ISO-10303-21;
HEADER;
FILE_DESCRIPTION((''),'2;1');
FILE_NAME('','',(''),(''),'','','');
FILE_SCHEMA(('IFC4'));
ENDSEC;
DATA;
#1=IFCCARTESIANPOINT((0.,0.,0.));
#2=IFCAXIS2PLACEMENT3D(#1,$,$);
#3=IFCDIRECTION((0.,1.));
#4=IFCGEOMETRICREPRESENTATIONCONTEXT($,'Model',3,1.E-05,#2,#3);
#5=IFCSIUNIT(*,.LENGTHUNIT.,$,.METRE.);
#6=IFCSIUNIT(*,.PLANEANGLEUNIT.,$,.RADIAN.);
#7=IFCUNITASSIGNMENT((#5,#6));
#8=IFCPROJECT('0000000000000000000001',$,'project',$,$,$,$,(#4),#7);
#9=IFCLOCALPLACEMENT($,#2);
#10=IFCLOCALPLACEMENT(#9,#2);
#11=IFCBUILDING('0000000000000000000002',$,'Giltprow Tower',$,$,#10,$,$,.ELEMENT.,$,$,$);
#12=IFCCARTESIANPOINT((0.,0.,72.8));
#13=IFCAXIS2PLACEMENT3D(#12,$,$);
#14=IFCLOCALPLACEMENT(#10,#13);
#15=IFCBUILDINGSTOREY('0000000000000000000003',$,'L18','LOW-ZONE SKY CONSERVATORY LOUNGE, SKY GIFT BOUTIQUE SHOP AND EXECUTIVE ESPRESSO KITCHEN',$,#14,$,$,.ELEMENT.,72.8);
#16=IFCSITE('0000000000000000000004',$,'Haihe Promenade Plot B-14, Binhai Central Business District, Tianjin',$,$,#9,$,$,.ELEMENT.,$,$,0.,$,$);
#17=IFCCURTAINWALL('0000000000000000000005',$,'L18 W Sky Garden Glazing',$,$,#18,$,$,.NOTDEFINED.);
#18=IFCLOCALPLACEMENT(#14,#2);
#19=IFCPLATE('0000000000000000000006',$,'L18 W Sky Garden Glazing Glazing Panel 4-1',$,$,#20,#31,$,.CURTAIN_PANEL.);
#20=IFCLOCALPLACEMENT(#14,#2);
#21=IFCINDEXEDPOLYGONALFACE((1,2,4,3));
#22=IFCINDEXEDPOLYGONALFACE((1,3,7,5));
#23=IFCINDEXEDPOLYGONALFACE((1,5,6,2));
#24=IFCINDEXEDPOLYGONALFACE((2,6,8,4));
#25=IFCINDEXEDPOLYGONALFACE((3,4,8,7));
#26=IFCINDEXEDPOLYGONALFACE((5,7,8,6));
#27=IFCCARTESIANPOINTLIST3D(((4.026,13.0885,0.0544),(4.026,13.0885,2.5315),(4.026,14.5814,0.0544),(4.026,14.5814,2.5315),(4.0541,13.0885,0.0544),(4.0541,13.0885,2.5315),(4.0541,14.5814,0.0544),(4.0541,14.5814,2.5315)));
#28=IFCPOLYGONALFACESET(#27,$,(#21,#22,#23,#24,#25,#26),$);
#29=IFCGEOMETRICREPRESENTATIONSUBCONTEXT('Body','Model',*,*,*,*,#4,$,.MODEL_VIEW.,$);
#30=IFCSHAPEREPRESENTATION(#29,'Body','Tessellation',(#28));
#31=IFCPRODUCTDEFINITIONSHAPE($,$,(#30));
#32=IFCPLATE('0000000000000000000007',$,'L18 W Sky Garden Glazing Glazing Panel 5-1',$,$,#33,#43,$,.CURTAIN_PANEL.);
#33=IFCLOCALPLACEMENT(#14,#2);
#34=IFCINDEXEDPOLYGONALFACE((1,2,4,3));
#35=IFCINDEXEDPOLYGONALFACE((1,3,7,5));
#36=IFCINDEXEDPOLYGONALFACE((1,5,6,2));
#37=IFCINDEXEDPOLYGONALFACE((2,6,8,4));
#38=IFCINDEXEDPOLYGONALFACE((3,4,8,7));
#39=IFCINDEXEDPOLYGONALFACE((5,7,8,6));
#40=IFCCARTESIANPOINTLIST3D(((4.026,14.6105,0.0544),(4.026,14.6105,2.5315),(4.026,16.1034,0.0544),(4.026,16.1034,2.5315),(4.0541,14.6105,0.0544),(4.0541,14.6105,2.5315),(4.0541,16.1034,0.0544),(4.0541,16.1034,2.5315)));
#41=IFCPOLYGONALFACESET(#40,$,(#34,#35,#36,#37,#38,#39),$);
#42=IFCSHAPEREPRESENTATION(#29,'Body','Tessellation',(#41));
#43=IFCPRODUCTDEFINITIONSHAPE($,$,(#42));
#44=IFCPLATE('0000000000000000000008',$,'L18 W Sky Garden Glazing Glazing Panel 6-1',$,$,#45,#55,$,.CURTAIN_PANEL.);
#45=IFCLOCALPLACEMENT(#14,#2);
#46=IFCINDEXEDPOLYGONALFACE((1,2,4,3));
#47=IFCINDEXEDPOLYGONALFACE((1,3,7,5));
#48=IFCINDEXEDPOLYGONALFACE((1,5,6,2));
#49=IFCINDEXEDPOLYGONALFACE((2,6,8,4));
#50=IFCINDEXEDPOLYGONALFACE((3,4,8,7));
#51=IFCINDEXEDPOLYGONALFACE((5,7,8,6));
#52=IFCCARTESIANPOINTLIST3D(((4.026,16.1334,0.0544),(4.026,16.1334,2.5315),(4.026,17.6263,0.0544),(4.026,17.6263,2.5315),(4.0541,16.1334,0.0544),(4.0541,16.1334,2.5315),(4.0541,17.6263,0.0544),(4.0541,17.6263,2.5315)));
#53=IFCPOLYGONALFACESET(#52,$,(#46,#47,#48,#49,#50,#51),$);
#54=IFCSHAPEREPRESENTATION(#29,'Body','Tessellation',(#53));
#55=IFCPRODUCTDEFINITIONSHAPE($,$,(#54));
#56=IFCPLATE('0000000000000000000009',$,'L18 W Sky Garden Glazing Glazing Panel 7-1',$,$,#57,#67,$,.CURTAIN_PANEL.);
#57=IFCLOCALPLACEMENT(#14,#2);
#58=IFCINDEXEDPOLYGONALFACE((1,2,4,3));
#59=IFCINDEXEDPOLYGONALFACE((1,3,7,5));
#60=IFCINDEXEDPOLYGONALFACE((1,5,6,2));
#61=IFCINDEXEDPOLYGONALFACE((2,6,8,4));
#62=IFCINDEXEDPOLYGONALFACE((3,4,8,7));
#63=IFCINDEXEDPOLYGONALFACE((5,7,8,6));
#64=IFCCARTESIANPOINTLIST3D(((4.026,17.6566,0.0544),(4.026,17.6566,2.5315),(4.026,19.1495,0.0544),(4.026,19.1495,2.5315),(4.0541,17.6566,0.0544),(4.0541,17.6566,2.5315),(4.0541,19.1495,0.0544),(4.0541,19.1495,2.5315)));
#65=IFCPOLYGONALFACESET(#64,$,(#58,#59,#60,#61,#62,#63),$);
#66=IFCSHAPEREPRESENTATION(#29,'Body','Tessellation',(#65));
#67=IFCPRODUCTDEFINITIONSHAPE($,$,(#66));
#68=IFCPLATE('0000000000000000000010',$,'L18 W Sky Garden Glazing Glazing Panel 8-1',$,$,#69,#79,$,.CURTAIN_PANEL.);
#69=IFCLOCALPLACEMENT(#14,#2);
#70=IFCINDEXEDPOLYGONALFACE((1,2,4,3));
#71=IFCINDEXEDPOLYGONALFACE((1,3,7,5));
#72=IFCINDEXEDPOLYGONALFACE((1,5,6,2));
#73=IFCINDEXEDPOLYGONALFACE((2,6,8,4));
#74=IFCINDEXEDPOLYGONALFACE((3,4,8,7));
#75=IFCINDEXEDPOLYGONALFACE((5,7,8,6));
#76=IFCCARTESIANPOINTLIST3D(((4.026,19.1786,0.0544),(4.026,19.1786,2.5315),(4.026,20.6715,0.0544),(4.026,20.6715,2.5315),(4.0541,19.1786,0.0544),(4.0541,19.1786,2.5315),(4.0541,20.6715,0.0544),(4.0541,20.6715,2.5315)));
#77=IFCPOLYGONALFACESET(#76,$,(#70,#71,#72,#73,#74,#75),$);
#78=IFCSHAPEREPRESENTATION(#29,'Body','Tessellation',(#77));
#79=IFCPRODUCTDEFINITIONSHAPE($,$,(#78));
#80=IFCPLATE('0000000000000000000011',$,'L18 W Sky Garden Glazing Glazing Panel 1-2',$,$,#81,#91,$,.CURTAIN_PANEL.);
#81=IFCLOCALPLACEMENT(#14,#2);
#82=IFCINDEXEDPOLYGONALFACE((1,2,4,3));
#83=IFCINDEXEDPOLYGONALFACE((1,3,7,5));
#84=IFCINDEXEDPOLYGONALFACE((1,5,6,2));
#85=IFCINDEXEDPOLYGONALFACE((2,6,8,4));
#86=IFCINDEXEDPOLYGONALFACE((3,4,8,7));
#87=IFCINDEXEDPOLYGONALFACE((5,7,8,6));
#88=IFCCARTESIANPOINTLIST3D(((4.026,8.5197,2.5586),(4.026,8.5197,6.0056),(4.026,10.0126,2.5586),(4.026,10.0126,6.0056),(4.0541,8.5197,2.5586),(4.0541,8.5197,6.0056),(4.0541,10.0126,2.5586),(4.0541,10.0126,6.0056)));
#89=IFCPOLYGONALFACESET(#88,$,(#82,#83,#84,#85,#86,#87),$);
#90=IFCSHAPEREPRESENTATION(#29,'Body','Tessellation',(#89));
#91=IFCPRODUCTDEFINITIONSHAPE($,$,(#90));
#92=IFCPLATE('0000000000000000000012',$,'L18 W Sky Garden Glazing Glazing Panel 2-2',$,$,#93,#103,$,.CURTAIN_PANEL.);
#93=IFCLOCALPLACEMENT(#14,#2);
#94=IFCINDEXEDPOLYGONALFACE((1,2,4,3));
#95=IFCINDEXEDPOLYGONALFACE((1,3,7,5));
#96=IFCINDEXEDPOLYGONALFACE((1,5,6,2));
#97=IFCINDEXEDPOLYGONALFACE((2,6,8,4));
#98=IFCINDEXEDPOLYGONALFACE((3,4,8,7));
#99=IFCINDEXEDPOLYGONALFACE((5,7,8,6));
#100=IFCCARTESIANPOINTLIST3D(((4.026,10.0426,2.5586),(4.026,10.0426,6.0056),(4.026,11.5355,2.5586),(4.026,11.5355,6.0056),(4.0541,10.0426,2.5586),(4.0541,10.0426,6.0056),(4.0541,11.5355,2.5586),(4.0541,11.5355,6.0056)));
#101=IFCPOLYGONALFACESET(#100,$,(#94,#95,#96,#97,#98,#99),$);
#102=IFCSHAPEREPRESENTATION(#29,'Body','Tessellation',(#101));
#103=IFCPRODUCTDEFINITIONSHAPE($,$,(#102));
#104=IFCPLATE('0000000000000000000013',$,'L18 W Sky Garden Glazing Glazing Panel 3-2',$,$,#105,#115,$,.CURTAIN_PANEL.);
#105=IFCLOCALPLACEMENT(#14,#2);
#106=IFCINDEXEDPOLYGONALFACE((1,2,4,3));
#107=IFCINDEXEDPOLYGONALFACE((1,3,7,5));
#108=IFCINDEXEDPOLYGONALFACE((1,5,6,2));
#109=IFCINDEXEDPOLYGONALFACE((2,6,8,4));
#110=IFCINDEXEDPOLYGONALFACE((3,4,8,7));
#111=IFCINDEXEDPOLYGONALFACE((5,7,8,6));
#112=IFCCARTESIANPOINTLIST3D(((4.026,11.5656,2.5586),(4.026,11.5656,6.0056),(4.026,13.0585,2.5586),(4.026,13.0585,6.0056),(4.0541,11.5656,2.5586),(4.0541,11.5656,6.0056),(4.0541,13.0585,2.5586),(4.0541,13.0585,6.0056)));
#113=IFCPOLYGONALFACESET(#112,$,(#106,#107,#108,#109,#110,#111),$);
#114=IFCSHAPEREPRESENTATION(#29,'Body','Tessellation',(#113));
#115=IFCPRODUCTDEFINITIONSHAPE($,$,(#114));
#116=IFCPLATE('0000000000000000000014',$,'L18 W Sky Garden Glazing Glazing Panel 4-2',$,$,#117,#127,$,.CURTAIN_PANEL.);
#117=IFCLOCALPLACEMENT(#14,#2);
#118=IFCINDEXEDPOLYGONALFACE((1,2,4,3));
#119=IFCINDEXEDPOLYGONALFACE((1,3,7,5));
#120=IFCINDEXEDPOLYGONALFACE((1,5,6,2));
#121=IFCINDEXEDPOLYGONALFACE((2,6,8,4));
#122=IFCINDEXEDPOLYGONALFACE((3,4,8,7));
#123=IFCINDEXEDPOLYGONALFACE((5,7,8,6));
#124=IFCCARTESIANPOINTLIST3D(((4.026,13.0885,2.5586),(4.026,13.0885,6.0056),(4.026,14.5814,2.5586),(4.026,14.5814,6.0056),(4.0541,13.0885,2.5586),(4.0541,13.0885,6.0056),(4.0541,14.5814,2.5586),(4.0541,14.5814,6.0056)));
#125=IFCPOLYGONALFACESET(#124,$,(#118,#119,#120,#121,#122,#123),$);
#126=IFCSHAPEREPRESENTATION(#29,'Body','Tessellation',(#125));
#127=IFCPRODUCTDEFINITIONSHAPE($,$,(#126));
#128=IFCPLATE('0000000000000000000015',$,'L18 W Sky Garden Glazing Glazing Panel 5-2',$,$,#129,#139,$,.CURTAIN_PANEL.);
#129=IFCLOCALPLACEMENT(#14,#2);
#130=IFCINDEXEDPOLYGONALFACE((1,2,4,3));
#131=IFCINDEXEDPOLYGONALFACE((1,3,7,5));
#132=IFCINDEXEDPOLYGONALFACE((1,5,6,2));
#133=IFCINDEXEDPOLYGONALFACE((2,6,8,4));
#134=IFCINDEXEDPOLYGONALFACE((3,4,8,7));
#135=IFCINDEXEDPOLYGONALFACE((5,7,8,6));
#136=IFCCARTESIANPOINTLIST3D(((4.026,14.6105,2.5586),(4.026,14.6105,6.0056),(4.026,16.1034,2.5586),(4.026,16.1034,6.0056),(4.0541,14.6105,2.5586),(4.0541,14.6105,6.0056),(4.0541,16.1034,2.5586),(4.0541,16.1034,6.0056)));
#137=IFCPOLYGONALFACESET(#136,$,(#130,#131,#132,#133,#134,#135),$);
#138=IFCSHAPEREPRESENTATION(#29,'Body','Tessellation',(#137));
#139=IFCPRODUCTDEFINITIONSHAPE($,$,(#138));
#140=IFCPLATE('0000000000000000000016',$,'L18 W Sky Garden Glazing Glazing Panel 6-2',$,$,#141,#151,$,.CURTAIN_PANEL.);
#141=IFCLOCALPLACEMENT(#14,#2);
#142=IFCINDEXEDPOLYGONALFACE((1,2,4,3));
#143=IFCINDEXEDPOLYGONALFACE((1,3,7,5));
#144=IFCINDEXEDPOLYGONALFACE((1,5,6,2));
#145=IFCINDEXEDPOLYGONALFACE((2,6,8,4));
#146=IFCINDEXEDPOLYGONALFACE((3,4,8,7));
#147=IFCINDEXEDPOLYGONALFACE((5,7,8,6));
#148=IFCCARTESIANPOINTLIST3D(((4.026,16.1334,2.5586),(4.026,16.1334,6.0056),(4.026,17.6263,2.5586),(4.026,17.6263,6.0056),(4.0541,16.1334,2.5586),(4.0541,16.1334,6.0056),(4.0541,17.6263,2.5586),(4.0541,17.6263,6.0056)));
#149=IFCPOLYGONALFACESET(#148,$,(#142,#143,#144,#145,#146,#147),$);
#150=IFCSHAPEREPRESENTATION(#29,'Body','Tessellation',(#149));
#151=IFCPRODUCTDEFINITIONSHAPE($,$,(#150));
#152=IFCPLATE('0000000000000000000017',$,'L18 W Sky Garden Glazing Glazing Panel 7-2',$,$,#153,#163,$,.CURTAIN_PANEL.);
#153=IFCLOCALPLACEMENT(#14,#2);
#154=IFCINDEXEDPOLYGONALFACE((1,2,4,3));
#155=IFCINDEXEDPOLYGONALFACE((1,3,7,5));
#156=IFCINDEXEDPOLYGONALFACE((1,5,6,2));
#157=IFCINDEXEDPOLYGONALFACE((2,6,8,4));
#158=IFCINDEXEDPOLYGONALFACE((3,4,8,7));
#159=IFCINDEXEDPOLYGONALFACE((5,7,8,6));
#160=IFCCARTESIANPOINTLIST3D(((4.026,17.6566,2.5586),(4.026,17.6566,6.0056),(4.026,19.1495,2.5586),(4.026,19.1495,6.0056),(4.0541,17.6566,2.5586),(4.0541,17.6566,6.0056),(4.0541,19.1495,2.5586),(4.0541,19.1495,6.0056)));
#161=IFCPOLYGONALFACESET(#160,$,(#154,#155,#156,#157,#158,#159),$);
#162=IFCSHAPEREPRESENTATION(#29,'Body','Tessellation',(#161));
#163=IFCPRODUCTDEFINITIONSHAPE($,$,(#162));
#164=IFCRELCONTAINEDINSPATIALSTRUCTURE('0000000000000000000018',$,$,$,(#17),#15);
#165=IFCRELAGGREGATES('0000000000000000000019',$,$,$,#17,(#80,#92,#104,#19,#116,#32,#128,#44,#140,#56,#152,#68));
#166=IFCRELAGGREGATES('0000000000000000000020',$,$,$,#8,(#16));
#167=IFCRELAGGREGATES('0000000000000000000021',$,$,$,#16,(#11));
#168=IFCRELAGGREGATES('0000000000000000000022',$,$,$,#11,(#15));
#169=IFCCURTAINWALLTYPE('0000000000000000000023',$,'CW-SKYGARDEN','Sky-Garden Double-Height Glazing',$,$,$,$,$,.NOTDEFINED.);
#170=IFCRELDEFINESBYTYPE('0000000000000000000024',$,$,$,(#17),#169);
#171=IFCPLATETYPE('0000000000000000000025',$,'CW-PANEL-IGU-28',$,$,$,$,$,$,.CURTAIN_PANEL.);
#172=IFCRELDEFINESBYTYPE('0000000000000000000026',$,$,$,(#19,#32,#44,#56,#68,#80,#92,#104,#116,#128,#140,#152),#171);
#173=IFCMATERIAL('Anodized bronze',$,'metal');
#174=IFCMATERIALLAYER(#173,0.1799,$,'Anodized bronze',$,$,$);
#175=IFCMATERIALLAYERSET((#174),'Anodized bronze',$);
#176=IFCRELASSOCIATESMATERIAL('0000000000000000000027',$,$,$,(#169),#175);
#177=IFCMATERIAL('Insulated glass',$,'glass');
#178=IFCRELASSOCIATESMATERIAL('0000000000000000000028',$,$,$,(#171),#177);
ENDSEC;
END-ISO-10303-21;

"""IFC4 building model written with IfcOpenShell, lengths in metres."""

from ifc_helpers import new_model, si_unit, direction, frame, origin, origin_2d, place, context, subcontext, project, spatial, rectangle, extrude, source, transform, mapped, material, layer, layer_set, type_object, element, aggregate, save


model = new_model("IFC4")

# Units and contexts
model_context = context("Model", 3, precision=1e-05, world=origin(), true_north=direction((0.0, 1.0)))
body_context = subcontext(model_context, "Body", "Model", "MODEL_VIEW")
ifc_project = project(units=[si_unit("LENGTHUNIT", "METRE"), si_unit("PLANEANGLEUNIT", "RADIAN")], contexts=[model_context])

# Site, building, storey
site_placement = place(None, origin())
site = spatial("IfcSite", under=ifc_project, at=site_placement, Name="Haihe Promenade Plot B-14, Binhai Central Business District, Tianjin", CompositionType="ELEMENT", RefElevation=0.0)
building_placement = place(site_placement, origin())
building = spatial("IfcBuilding", under=site, at=building_placement, Name="Giltprow Tower", CompositionType="ELEMENT")
storey_placement = place(building_placement, frame((0.0, 0.0, 72.8)))
storey = spatial("IfcBuildingStorey", under=building, at=storey_placement, Name="L18", Description="LOW-ZONE SKY CONSERVATORY LOUNGE, SKY GIFT BOUTIQUE SHOP AND EXECUTIVE ESPRESSO KITCHEN", CompositionType="ELEMENT", Elevation=72.8)

# Curtain wall, plates
ifc_material_1 = material(Name="Anodized bronze", Category="metal")
ifc_layer_1 = layer(ifc_material_1, 0.1799, Name="Anodized bronze")
ifc_layer_set_1 = layer_set([ifc_layer_1], Name="Anodized bronze")
curtain_wall_type = type_object("IfcCurtainWallType", Name="CW-SKYGARDEN", Description="Sky-Garden Double-Height Glazing", PredefinedType="NOTDEFINED", material=ifc_layer_set_1)
curtain_wall_placement = place(storey_placement, origin())
curtain_wall = element("IfcCurtainWall", 1, at=curtain_wall_placement, inside=storey, type_object=curtain_wall_type, Name="L18 W Sky Garden Glazing", PredefinedType="NOTDEFINED")
ifc_material_2 = material(Name="Insulated glass", Category="glass")
plate_type = type_object("IfcPlateType", Name="CW-PANEL-IGU-28", PredefinedType="CURTAIN_PANEL", material=ifc_material_2)
shared_shape_1 = source(origin(), body_context, "Body", "SweptSolid", [
    extrude(rectangle(XDim=1.4929, YDim=0.0281, at=origin_2d()), origin(), (0.0, 0.0, 1.0), 2.4771),
])
plate_1_placement = place(storey_placement, frame((4.04, 13.835, 0.0544), z_axis=(0.0, 0.0, 1.0), x_axis=(0.0, 1.0, 0.0)))
plate_1 = element("IfcPlate", 2, at=plate_1_placement, type_object=plate_type, Name="L18 W Sky Garden Glazing Glazing Panel 4-1", PredefinedType="CURTAIN_PANEL", context=body_context, shape_type="MappedRepresentation", body=[
    mapped(shared_shape_1, transform((0.0, 0.0, 0.0), x_axis=(1.0, 0.0, 0.0), y_axis=(0.0, 1.0, 0.0), z_axis=(0.0, 0.0, 1.0), scale=1.0)),
])
plate_2_placement = place(storey_placement, frame((4.04, 15.3569, 0.0544), z_axis=(0.0, 0.0, 1.0), x_axis=(0.0, 1.0, 0.0)))
plate_2 = element("IfcPlate", 3, at=plate_2_placement, type_object=plate_type, Name="L18 W Sky Garden Glazing Glazing Panel 5-1", PredefinedType="CURTAIN_PANEL", context=body_context, shape_type="MappedRepresentation", body=[
    mapped(shared_shape_1, transform((0.0, 0.0, 0.0), x_axis=(1.0, 0.0, 0.0), y_axis=(0.0, 1.0, 0.0), z_axis=(0.0, 0.0, 1.0), scale=1.0)),
])
plate_3_placement = place(storey_placement, frame((4.04, 16.8799, 0.0544), z_axis=(0.0, 0.0, 1.0), x_axis=(0.0, 1.0, 0.0)))
plate_3 = element("IfcPlate", 4, at=plate_3_placement, type_object=plate_type, Name="L18 W Sky Garden Glazing Glazing Panel 6-1", PredefinedType="CURTAIN_PANEL", context=body_context, shape_type="MappedRepresentation", body=[
    mapped(shared_shape_1, transform((0.0, 0.0, 0.0), x_axis=(1.0, 0.0, 0.0), y_axis=(0.0, 1.0, 0.0), z_axis=(0.0, 0.0, 1.0), scale=1.0)),
])
plate_4_placement = place(storey_placement, frame((4.04, 18.4031, 0.0544), z_axis=(0.0, 0.0, 1.0), x_axis=(0.0, 1.0, 0.0)))
plate_4 = element("IfcPlate", 5, at=plate_4_placement, type_object=plate_type, Name="L18 W Sky Garden Glazing Glazing Panel 7-1", PredefinedType="CURTAIN_PANEL", context=body_context, shape_type="MappedRepresentation", body=[
    mapped(shared_shape_1, transform((0.0, 0.0, 0.0), x_axis=(1.0, 0.0, 0.0), y_axis=(0.0, 1.0, 0.0), z_axis=(0.0, 0.0, 1.0), scale=1.0)),
])
plate_5_placement = place(storey_placement, frame((4.04, 19.925, 0.0544), z_axis=(0.0, 0.0, 1.0), x_axis=(0.0, 1.0, 0.0)))
plate_5 = element("IfcPlate", 6, at=plate_5_placement, type_object=plate_type, Name="L18 W Sky Garden Glazing Glazing Panel 8-1", PredefinedType="CURTAIN_PANEL", context=body_context, shape_type="MappedRepresentation", body=[
    mapped(shared_shape_1, transform((0.0, 0.0, 0.0), x_axis=(1.0, 0.0, 0.0), y_axis=(0.0, 1.0, 0.0), z_axis=(0.0, 0.0, 1.0), scale=1.0)),
])
shared_shape_2 = source(origin(), body_context, "Body", "SweptSolid", [
    extrude(rectangle(XDim=1.4929, YDim=0.0281, at=origin_2d()), origin(), (0.0, 0.0, 1.0), 3.447),
])
plate_6_placement = place(storey_placement, frame((4.04, 9.2661, 2.5586), z_axis=(0.0, 0.0, 1.0), x_axis=(0.0, 1.0, 0.0)))
plate_6 = element("IfcPlate", 7, at=plate_6_placement, type_object=plate_type, Name="L18 W Sky Garden Glazing Glazing Panel 1-2", PredefinedType="CURTAIN_PANEL", context=body_context, shape_type="MappedRepresentation", body=[
    mapped(shared_shape_2, transform((0.0, 0.0, 0.0), x_axis=(1.0, 0.0, 0.0), y_axis=(0.0, 1.0, 0.0), z_axis=(0.0, 0.0, 1.0), scale=1.0)),
])
plate_7_placement = place(storey_placement, frame((4.04, 10.7891, 2.5586), z_axis=(0.0, 0.0, 1.0), x_axis=(0.0, 1.0, 0.0)))
plate_7 = element("IfcPlate", 8, at=plate_7_placement, type_object=plate_type, Name="L18 W Sky Garden Glazing Glazing Panel 2-2", PredefinedType="CURTAIN_PANEL", context=body_context, shape_type="MappedRepresentation", body=[
    mapped(shared_shape_2, transform((0.0, 0.0, 0.0), x_axis=(1.0, 0.0, 0.0), y_axis=(0.0, 1.0, 0.0), z_axis=(0.0, 0.0, 1.0), scale=1.0)),
])
plate_8_placement = place(storey_placement, frame((4.04, 12.312, 2.5586), z_axis=(0.0, 0.0, 1.0), x_axis=(0.0, 1.0, 0.0)))
plate_8 = element("IfcPlate", 9, at=plate_8_placement, type_object=plate_type, Name="L18 W Sky Garden Glazing Glazing Panel 3-2", PredefinedType="CURTAIN_PANEL", context=body_context, shape_type="MappedRepresentation", body=[
    mapped(shared_shape_2, transform((0.0, 0.0, 0.0), x_axis=(1.0, 0.0, 0.0), y_axis=(0.0, 1.0, 0.0), z_axis=(0.0, 0.0, 1.0), scale=1.0)),
])
plate_9_placement = place(storey_placement, frame((4.04, 13.835, 2.5586), z_axis=(0.0, 0.0, 1.0), x_axis=(0.0, 1.0, 0.0)))
plate_9 = element("IfcPlate", 10, at=plate_9_placement, type_object=plate_type, Name="L18 W Sky Garden Glazing Glazing Panel 4-2", PredefinedType="CURTAIN_PANEL", context=body_context, shape_type="MappedRepresentation", body=[
    mapped(shared_shape_2, transform((0.0, 0.0, 0.0), x_axis=(1.0, 0.0, 0.0), y_axis=(0.0, 1.0, 0.0), z_axis=(0.0, 0.0, 1.0), scale=1.0)),
])
plate_10_placement = place(storey_placement, frame((4.04, 15.3569, 2.5586), z_axis=(0.0, 0.0, 1.0), x_axis=(0.0, 1.0, 0.0)))
plate_10 = element("IfcPlate", 11, at=plate_10_placement, type_object=plate_type, Name="L18 W Sky Garden Glazing Glazing Panel 5-2", PredefinedType="CURTAIN_PANEL", context=body_context, shape_type="MappedRepresentation", body=[
    mapped(shared_shape_2, transform((0.0, 0.0, 0.0), x_axis=(1.0, 0.0, 0.0), y_axis=(0.0, 1.0, 0.0), z_axis=(0.0, 0.0, 1.0), scale=1.0)),
])
plate_11_placement = place(storey_placement, frame((4.04, 16.8799, 2.5586), z_axis=(0.0, 0.0, 1.0), x_axis=(0.0, 1.0, 0.0)))
plate_11 = element("IfcPlate", 12, at=plate_11_placement, type_object=plate_type, Name="L18 W Sky Garden Glazing Glazing Panel 6-2", PredefinedType="CURTAIN_PANEL", context=body_context, shape_type="MappedRepresentation", body=[
    mapped(shared_shape_2, transform((0.0, 0.0, 0.0), x_axis=(1.0, 0.0, 0.0), y_axis=(0.0, 1.0, 0.0), z_axis=(0.0, 0.0, 1.0), scale=1.0)),
])
plate_12_placement = place(storey_placement, frame((4.04, 18.4031, 2.5586), z_axis=(0.0, 0.0, 1.0), x_axis=(0.0, 1.0, 0.0)))
plate_12 = element("IfcPlate", 13, at=plate_12_placement, type_object=plate_type, Name="L18 W Sky Garden Glazing Glazing Panel 7-2", PredefinedType="CURTAIN_PANEL", context=body_context, shape_type="MappedRepresentation", body=[
    mapped(shared_shape_2, transform((0.0, 0.0, 0.0), x_axis=(1.0, 0.0, 0.0), y_axis=(0.0, 1.0, 0.0), z_axis=(0.0, 0.0, 1.0), scale=1.0)),
])
aggregate(curtain_wall, [plate_6, plate_7, plate_8, plate_1, plate_9, plate_2, plate_10, plate_3, plate_11, plate_4, plate_12, plate_5])

save(model, "model.ifc")
